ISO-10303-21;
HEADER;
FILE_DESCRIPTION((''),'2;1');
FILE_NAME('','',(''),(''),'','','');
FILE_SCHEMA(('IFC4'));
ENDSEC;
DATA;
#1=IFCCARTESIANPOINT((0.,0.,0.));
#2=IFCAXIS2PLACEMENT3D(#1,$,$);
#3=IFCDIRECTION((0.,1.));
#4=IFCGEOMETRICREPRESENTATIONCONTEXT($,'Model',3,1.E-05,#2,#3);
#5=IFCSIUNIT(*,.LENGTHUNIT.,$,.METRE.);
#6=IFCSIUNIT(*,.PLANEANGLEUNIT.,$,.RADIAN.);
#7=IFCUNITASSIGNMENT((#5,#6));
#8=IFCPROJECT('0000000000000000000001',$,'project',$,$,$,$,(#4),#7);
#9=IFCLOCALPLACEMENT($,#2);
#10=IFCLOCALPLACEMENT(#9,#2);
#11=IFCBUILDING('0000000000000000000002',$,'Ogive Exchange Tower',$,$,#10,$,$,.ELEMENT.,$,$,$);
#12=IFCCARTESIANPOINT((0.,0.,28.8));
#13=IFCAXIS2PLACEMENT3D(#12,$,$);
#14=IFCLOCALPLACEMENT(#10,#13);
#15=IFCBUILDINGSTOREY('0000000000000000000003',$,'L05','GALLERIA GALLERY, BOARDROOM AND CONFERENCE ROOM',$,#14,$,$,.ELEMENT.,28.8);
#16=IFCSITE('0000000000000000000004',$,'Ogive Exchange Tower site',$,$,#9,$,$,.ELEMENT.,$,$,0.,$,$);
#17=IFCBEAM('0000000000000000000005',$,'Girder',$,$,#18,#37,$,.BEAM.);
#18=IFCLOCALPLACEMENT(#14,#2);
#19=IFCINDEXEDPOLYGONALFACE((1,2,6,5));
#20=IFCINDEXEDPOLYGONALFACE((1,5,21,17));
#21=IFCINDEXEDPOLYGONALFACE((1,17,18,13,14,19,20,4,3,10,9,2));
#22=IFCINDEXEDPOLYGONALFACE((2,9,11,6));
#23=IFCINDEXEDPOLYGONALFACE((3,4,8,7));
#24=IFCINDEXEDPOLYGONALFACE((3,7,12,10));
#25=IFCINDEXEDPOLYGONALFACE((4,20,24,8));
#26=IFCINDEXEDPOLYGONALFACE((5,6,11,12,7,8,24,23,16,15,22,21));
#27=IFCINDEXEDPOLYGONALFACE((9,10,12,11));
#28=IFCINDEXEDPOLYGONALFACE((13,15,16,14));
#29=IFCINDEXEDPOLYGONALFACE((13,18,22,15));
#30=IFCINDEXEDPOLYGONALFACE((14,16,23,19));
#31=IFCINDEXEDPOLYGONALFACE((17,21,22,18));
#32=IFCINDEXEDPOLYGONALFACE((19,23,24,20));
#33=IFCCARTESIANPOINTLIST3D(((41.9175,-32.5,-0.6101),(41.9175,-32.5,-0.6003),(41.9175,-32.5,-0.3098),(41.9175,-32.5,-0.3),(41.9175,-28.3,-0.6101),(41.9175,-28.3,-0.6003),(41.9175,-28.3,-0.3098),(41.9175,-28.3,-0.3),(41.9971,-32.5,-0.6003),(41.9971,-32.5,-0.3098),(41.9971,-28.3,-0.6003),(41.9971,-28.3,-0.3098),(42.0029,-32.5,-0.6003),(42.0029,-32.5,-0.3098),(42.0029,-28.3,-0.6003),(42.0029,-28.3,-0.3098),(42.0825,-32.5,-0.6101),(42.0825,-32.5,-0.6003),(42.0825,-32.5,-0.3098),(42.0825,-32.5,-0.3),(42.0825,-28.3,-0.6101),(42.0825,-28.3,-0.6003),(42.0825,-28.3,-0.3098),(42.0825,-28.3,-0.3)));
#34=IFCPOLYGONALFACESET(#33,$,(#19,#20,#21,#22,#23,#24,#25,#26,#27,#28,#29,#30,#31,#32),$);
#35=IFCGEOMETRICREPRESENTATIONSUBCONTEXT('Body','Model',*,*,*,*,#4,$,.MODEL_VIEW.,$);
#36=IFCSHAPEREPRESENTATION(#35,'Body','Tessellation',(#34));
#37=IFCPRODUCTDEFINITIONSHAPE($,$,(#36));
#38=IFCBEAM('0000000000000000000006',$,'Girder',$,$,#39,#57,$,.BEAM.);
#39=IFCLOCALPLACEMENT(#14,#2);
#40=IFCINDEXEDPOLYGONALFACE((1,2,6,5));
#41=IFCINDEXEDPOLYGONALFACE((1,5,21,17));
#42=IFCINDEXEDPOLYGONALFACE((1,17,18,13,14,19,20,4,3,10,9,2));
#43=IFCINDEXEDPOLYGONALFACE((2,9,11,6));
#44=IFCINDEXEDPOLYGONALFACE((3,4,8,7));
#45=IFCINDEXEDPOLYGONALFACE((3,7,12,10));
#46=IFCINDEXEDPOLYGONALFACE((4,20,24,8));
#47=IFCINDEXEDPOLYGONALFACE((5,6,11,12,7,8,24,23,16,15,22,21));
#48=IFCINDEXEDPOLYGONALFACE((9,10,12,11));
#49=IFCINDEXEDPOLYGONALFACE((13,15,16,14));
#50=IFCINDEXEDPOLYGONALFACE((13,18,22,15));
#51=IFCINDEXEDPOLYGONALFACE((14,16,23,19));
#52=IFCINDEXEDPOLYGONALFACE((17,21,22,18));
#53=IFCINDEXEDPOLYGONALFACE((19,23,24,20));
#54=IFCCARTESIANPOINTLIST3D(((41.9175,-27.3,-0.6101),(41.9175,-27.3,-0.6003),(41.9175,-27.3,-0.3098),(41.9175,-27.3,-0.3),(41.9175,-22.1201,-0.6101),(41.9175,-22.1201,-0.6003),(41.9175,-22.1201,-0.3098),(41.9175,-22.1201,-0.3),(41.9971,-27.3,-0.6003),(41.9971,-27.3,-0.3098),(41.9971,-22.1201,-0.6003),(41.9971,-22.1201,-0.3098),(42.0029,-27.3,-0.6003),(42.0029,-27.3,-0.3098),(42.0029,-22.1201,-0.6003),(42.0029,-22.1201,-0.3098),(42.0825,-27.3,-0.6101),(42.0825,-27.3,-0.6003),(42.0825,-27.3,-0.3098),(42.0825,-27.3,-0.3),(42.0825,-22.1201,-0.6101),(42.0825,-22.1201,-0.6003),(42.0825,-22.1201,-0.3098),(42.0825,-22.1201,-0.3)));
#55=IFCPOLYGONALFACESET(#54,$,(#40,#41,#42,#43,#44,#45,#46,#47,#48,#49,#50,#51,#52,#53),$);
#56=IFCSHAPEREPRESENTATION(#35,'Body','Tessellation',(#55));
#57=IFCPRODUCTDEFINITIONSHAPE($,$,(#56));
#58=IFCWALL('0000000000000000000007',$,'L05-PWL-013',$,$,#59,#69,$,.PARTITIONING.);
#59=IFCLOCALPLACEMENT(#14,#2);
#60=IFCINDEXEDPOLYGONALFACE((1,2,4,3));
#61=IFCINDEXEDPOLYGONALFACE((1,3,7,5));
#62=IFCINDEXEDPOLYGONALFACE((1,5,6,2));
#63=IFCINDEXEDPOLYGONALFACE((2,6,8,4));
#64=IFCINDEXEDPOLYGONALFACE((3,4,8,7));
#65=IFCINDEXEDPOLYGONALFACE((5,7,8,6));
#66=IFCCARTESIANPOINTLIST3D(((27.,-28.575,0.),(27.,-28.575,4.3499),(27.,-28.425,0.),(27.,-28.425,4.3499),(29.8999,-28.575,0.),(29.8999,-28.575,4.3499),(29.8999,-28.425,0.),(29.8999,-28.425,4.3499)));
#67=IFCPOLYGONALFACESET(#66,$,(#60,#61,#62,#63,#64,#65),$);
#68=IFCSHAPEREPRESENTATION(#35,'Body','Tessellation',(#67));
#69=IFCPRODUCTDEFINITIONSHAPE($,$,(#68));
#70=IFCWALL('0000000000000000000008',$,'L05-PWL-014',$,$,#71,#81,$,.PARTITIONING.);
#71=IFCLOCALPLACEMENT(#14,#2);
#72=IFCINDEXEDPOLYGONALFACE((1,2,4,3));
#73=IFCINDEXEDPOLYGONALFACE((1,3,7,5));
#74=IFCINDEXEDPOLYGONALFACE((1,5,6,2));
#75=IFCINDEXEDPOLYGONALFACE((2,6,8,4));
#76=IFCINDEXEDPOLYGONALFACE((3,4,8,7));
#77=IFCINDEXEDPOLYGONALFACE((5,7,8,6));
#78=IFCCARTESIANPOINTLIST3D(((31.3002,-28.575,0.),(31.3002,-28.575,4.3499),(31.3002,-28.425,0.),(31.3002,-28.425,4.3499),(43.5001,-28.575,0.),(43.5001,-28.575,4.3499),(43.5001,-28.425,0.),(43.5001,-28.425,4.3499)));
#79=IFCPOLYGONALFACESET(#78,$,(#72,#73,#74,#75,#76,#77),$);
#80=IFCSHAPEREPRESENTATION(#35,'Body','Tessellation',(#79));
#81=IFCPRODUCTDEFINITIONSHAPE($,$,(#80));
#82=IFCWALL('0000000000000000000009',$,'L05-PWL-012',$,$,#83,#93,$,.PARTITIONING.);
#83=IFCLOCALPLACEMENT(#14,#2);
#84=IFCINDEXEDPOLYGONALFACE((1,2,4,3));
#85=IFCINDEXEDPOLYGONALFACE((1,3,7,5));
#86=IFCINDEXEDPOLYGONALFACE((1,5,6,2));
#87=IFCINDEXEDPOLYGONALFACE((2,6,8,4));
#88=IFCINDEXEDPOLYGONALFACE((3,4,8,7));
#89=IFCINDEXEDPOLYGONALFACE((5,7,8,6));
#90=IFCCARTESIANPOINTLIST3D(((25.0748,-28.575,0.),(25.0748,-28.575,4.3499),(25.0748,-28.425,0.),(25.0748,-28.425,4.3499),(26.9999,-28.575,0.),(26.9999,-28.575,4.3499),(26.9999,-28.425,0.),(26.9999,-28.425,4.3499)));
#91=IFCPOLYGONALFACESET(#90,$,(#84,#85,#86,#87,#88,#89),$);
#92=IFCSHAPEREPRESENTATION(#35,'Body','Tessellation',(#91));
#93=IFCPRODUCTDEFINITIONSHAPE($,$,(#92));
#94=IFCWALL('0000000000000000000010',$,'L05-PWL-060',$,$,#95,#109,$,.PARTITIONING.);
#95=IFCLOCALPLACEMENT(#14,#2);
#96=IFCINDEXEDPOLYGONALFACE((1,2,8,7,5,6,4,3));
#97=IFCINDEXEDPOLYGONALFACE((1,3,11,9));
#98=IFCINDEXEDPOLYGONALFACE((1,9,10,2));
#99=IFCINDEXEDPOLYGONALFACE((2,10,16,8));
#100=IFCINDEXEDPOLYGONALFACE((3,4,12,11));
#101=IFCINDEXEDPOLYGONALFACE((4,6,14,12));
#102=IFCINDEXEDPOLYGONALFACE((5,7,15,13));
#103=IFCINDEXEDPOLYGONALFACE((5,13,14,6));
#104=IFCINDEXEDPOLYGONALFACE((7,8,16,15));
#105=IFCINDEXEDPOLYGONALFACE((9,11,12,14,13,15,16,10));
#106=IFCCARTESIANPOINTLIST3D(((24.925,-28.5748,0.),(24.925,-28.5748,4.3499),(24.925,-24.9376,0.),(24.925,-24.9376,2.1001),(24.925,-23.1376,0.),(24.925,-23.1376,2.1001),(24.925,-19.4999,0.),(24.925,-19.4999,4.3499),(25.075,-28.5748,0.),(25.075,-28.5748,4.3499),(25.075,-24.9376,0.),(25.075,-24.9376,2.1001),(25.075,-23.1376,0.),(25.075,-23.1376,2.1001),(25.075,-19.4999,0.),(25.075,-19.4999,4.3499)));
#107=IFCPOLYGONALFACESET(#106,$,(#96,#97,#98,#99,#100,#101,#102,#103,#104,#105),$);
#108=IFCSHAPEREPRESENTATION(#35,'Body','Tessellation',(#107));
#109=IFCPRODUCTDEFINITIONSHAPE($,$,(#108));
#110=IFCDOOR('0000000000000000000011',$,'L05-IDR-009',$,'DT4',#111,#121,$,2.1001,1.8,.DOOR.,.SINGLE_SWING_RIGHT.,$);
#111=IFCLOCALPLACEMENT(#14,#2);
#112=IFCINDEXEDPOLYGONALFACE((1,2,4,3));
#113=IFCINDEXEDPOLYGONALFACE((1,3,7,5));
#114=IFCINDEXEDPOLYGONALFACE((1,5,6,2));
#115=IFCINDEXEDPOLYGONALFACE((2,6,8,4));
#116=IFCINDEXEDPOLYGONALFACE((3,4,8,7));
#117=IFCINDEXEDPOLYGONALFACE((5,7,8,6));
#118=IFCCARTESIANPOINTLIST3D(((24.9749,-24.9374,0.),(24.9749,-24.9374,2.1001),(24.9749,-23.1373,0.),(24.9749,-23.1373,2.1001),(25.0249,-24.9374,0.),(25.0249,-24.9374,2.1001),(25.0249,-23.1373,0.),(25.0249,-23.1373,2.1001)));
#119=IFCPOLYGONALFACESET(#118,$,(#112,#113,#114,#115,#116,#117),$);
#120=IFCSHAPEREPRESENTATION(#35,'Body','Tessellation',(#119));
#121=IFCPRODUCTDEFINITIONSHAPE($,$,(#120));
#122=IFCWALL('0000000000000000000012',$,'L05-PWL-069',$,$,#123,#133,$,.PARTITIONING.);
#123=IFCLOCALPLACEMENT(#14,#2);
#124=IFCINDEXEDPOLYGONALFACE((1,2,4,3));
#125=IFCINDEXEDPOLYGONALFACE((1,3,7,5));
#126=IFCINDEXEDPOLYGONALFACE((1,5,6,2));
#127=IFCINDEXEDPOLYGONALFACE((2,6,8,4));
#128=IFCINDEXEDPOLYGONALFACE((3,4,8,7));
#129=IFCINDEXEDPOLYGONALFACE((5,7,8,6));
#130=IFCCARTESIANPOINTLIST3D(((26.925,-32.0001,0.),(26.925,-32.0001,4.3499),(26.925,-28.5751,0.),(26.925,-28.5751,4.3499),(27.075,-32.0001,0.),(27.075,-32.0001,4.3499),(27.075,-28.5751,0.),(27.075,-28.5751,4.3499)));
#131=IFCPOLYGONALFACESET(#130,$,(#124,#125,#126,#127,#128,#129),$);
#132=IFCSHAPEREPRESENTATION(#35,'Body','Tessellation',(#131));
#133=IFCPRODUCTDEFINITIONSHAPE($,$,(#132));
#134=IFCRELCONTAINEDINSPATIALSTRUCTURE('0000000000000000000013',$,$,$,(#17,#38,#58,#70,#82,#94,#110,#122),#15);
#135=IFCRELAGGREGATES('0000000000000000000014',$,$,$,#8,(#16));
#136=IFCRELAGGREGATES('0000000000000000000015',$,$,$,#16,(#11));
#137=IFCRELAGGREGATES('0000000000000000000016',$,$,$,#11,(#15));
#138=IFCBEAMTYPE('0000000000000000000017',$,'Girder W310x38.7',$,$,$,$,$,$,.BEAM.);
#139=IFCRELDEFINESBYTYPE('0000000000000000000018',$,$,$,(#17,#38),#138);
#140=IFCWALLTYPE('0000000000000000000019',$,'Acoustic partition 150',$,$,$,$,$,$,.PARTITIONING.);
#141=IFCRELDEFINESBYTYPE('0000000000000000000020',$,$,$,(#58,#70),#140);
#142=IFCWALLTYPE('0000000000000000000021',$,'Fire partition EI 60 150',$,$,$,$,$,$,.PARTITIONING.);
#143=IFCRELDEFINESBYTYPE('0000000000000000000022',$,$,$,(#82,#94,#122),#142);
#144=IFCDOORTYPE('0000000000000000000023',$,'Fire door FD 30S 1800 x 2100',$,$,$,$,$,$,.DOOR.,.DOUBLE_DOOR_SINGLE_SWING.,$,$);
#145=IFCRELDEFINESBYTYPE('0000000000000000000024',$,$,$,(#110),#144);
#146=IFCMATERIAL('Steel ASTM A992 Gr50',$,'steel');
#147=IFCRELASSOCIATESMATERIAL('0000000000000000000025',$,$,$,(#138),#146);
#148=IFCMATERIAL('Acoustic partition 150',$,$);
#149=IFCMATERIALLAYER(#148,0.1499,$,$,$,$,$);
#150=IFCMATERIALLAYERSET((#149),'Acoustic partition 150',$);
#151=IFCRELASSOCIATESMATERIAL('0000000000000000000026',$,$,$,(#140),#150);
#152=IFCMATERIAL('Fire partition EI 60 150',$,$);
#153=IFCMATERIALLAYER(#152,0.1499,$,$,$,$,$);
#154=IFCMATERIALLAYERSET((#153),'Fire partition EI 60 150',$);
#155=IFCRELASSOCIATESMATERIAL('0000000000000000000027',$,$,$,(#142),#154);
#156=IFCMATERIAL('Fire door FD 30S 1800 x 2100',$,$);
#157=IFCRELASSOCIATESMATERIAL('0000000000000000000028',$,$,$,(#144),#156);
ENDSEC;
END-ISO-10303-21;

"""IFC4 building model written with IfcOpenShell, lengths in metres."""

from ifc_helpers import new_model, si_unit, direction, frame, frame_2d, origin, origin_2d, place, context, subcontext, project, spatial, rectangle, i_section, extrude, material, layer, layer_set, material_profile, profile_set, type_object, element, fill, save


model = new_model("IFC4")

# Units and contexts
model_context = context("Model", 3, precision=1e-05, world=origin(), true_north=direction((0.0, 1.0)))
body_context = subcontext(model_context, "Body", "Model", "MODEL_VIEW")
ifc_project = project(units=[si_unit("LENGTHUNIT", "METRE"), si_unit("PLANEANGLEUNIT", "RADIAN")], contexts=[model_context])

# Site, building, storey
site_placement = place(None, origin())
site = spatial("IfcSite", under=ifc_project, at=site_placement, Name="Ogive Exchange Tower site", CompositionType="ELEMENT", RefElevation=0.0)
building_placement = place(site_placement, origin())
building = spatial("IfcBuilding", under=site, at=building_placement, Name="Ogive Exchange Tower", CompositionType="ELEMENT")
storey_placement = place(building_placement, frame((0.0, 0.0, 28.8)))
storey = spatial("IfcBuildingStorey", under=building, at=storey_placement, Name="L05", Description="GALLERIA GALLERY, BOARDROOM AND CONFERENCE ROOM", CompositionType="ELEMENT", Elevation=28.8)

# Beams
ifc_material_1 = material(Name="Steel ASTM A992 Gr50", Category="steel")
ifc_material_profile_1 = material_profile(ifc_material_1, i_section(OverallWidth=0.165, OverallDepth=0.3101, WebThickness=0.0059, FlangeThickness=0.0098, at=origin_2d()), Name="W310x38.7")
ifc_profile_set_1 = profile_set([ifc_material_profile_1], Name="Steel ASTM A992 Gr50")
beam_type_1 = type_object("IfcBeamType", Name="Girder W310x38.7", PredefinedType="BEAM", material=ifc_profile_set_1)
beam_1_placement = place(storey_placement, frame((42.0, -32.5, -0.4551), z_axis=(0.0, 1.0, 0.0), x_axis=(-1.0, 0.0, 0.0)))
element("IfcBeam", 1, at=beam_1_placement, inside=storey, type_object=beam_type_1, Name="Girder", PredefinedType="BEAM", context=body_context, shape_type="SweptSolid", body=[
    extrude(i_section(OverallWidth=0.165, OverallDepth=0.3101, WebThickness=0.0059, FlangeThickness=0.0098, at=origin_2d()), origin(), (0.0, 0.0, 1.0), 4.2),
])
beam_2_placement = place(storey_placement, frame((42.0, -27.3, -0.4551), z_axis=(0.0, 1.0, 0.0), x_axis=(-1.0, 0.0, 0.0)))
element("IfcBeam", 2, at=beam_2_placement, inside=storey, type_object=beam_type_1, Name="Girder", PredefinedType="BEAM", context=body_context, shape_type="SweptSolid", body=[
    extrude(i_section(OverallWidth=0.165, OverallDepth=0.3101, WebThickness=0.0059, FlangeThickness=0.0098, at=origin_2d()), origin(), (0.0, 0.0, 1.0), 5.1799),
])

# Walls
ifc_material_2 = material(Name="Acoustic partition 150")
ifc_layer_1 = layer(ifc_material_2, 0.1499)
ifc_layer_set_1 = layer_set([ifc_layer_1], Name="Acoustic partition 150")
wall_type_1 = type_object("IfcWallType", Name="Acoustic partition 150", PredefinedType="PARTITIONING", material=ifc_layer_set_1)
wall_1_placement = place(storey_placement, frame((27.0, -28.5, 0.0), z_axis=(0.0, 0.0, 1.0), x_axis=(1.0, 0.0, 0.0)))
element("IfcWall", 3, at=wall_1_placement, inside=storey, type_object=wall_type_1, Name="L05-PWL-013", PredefinedType="PARTITIONING", context=body_context, shape_type="SweptSolid", body=[
    extrude(rectangle(XDim=2.8999, YDim=0.1499, at=frame_2d((1.45, 0.0))), origin(), (0.0, 0.0, 1.0), 4.3499),
])
wall_2_placement = place(storey_placement, frame((31.3, -28.5, 0.0), z_axis=(0.0, 0.0, 1.0), x_axis=(1.0, 0.0, 0.0)))
element("IfcWall", 4, at=wall_2_placement, inside=storey, type_object=wall_type_1, Name="L05-PWL-014", PredefinedType="PARTITIONING", context=body_context, shape_type="SweptSolid", body=[
    extrude(rectangle(XDim=12.2, YDim=0.1499, at=frame_2d((6.1001, 0.0))), origin(), (0.0, 0.0, 1.0), 4.3499),
])
ifc_material_3 = material(Name="Fire partition EI 60 150")
ifc_layer_2 = layer(ifc_material_3, 0.1499)
ifc_layer_set_2 = layer_set([ifc_layer_2], Name="Fire partition EI 60 150")
wall_type_2 = type_object("IfcWallType", Name="Fire partition EI 60 150", PredefinedType="PARTITIONING", material=ifc_layer_set_2)
wall_3_placement = place(storey_placement, frame((25.075, -28.5, 0.0), z_axis=(0.0, 0.0, 1.0), x_axis=(1.0, 0.0, 0.0)))
element("IfcWall", 5, at=wall_3_placement, inside=storey, type_object=wall_type_2, Name="L05-PWL-012", PredefinedType="PARTITIONING", context=body_context, shape_type="SweptSolid", body=[
    extrude(rectangle(XDim=1.925, YDim=0.1499, at=frame_2d((0.9624, 0.0))), origin(), (0.0, 0.0, 1.0), 4.3499),
])

# Wall, opening, door
wall_4_placement = place(storey_placement, frame((25.0, -28.575, 0.0), z_axis=(0.0, 0.0, 1.0), x_axis=(0.0, 1.0, 0.0)))
wall_4 = element("IfcWall", 6, at=wall_4_placement, inside=storey, type_object=wall_type_2, Name="L05-PWL-060", PredefinedType="PARTITIONING", context=body_context, shape_type="SweptSolid", body=[
    extrude(rectangle(XDim=9.075, YDim=0.1499, at=frame_2d((4.5376, 0.0))), origin(), (0.0, 0.0, 1.0), 4.3499),
])
opening_1_placement = place(wall_4_placement, frame((3.6375, 0.0, 0.0)))
opening_1 = element("IfcOpeningElement", 7, at=opening_1_placement, cuts=wall_4, PredefinedType="OPENING", context=body_context, shape_type="SweptSolid", body=[
    extrude(rectangle(XDim=1.8, YDim=2.1001, at=frame_2d((0.8999, 1.05))), frame((0.0, 0.085, 0.0), z_axis=(0.0, -1.0, 0.0), x_axis=(1.0, 0.0, 0.0)), (0.0, 0.0, 1.0), 0.1699),
])
ifc_material_4 = material(Name="Fire door FD 30S 1800 x 2100")
door_type = type_object("IfcDoorType", Name="Fire door FD 30S 1800 x 2100", OperationType="DOUBLE_DOOR_SINGLE_SWING", PredefinedType="DOOR", material=ifc_material_4)
door_placement = place(opening_1_placement, frame((1.8, 0.0, 0.0), z_axis=(0.0, 0.0, 1.0), x_axis=(-1.0, 0.0, 0.0)))
door = element("IfcDoor", 8, at=door_placement, inside=storey, type_object=door_type, Name="L05-IDR-009", ObjectType="DT4", OperationType="SINGLE_SWING_RIGHT", OverallHeight=2.1001, OverallWidth=1.8, PredefinedType="DOOR", context=body_context, shape_type="SweptSolid", body=[
    extrude(rectangle(XDim=1.8, YDim=2.1001, at=frame_2d((0.8999, 1.05))), frame((0.0, 0.0249, 0.0), z_axis=(0.0, -1.0, 0.0), x_axis=(1.0, 0.0, 0.0)), (0.0, 0.0, 1.0), 0.05),
])
fill(opening_1, door)

# Wall
wall_5_placement = place(storey_placement, frame((27.0, -32.0, 0.0), z_axis=(0.0, 0.0, 1.0), x_axis=(0.0, 1.0, 0.0)))
element("IfcWall", 9, at=wall_5_placement, inside=storey, type_object=wall_type_2, Name="L05-PWL-069", PredefinedType="PARTITIONING", context=body_context, shape_type="SweptSolid", body=[
    extrude(rectangle(XDim=3.425, YDim=0.1499, at=frame_2d((1.7124, 0.0))), origin(), (0.0, 0.0, 1.0), 4.3499),
])

save(model, "model.ifc")
